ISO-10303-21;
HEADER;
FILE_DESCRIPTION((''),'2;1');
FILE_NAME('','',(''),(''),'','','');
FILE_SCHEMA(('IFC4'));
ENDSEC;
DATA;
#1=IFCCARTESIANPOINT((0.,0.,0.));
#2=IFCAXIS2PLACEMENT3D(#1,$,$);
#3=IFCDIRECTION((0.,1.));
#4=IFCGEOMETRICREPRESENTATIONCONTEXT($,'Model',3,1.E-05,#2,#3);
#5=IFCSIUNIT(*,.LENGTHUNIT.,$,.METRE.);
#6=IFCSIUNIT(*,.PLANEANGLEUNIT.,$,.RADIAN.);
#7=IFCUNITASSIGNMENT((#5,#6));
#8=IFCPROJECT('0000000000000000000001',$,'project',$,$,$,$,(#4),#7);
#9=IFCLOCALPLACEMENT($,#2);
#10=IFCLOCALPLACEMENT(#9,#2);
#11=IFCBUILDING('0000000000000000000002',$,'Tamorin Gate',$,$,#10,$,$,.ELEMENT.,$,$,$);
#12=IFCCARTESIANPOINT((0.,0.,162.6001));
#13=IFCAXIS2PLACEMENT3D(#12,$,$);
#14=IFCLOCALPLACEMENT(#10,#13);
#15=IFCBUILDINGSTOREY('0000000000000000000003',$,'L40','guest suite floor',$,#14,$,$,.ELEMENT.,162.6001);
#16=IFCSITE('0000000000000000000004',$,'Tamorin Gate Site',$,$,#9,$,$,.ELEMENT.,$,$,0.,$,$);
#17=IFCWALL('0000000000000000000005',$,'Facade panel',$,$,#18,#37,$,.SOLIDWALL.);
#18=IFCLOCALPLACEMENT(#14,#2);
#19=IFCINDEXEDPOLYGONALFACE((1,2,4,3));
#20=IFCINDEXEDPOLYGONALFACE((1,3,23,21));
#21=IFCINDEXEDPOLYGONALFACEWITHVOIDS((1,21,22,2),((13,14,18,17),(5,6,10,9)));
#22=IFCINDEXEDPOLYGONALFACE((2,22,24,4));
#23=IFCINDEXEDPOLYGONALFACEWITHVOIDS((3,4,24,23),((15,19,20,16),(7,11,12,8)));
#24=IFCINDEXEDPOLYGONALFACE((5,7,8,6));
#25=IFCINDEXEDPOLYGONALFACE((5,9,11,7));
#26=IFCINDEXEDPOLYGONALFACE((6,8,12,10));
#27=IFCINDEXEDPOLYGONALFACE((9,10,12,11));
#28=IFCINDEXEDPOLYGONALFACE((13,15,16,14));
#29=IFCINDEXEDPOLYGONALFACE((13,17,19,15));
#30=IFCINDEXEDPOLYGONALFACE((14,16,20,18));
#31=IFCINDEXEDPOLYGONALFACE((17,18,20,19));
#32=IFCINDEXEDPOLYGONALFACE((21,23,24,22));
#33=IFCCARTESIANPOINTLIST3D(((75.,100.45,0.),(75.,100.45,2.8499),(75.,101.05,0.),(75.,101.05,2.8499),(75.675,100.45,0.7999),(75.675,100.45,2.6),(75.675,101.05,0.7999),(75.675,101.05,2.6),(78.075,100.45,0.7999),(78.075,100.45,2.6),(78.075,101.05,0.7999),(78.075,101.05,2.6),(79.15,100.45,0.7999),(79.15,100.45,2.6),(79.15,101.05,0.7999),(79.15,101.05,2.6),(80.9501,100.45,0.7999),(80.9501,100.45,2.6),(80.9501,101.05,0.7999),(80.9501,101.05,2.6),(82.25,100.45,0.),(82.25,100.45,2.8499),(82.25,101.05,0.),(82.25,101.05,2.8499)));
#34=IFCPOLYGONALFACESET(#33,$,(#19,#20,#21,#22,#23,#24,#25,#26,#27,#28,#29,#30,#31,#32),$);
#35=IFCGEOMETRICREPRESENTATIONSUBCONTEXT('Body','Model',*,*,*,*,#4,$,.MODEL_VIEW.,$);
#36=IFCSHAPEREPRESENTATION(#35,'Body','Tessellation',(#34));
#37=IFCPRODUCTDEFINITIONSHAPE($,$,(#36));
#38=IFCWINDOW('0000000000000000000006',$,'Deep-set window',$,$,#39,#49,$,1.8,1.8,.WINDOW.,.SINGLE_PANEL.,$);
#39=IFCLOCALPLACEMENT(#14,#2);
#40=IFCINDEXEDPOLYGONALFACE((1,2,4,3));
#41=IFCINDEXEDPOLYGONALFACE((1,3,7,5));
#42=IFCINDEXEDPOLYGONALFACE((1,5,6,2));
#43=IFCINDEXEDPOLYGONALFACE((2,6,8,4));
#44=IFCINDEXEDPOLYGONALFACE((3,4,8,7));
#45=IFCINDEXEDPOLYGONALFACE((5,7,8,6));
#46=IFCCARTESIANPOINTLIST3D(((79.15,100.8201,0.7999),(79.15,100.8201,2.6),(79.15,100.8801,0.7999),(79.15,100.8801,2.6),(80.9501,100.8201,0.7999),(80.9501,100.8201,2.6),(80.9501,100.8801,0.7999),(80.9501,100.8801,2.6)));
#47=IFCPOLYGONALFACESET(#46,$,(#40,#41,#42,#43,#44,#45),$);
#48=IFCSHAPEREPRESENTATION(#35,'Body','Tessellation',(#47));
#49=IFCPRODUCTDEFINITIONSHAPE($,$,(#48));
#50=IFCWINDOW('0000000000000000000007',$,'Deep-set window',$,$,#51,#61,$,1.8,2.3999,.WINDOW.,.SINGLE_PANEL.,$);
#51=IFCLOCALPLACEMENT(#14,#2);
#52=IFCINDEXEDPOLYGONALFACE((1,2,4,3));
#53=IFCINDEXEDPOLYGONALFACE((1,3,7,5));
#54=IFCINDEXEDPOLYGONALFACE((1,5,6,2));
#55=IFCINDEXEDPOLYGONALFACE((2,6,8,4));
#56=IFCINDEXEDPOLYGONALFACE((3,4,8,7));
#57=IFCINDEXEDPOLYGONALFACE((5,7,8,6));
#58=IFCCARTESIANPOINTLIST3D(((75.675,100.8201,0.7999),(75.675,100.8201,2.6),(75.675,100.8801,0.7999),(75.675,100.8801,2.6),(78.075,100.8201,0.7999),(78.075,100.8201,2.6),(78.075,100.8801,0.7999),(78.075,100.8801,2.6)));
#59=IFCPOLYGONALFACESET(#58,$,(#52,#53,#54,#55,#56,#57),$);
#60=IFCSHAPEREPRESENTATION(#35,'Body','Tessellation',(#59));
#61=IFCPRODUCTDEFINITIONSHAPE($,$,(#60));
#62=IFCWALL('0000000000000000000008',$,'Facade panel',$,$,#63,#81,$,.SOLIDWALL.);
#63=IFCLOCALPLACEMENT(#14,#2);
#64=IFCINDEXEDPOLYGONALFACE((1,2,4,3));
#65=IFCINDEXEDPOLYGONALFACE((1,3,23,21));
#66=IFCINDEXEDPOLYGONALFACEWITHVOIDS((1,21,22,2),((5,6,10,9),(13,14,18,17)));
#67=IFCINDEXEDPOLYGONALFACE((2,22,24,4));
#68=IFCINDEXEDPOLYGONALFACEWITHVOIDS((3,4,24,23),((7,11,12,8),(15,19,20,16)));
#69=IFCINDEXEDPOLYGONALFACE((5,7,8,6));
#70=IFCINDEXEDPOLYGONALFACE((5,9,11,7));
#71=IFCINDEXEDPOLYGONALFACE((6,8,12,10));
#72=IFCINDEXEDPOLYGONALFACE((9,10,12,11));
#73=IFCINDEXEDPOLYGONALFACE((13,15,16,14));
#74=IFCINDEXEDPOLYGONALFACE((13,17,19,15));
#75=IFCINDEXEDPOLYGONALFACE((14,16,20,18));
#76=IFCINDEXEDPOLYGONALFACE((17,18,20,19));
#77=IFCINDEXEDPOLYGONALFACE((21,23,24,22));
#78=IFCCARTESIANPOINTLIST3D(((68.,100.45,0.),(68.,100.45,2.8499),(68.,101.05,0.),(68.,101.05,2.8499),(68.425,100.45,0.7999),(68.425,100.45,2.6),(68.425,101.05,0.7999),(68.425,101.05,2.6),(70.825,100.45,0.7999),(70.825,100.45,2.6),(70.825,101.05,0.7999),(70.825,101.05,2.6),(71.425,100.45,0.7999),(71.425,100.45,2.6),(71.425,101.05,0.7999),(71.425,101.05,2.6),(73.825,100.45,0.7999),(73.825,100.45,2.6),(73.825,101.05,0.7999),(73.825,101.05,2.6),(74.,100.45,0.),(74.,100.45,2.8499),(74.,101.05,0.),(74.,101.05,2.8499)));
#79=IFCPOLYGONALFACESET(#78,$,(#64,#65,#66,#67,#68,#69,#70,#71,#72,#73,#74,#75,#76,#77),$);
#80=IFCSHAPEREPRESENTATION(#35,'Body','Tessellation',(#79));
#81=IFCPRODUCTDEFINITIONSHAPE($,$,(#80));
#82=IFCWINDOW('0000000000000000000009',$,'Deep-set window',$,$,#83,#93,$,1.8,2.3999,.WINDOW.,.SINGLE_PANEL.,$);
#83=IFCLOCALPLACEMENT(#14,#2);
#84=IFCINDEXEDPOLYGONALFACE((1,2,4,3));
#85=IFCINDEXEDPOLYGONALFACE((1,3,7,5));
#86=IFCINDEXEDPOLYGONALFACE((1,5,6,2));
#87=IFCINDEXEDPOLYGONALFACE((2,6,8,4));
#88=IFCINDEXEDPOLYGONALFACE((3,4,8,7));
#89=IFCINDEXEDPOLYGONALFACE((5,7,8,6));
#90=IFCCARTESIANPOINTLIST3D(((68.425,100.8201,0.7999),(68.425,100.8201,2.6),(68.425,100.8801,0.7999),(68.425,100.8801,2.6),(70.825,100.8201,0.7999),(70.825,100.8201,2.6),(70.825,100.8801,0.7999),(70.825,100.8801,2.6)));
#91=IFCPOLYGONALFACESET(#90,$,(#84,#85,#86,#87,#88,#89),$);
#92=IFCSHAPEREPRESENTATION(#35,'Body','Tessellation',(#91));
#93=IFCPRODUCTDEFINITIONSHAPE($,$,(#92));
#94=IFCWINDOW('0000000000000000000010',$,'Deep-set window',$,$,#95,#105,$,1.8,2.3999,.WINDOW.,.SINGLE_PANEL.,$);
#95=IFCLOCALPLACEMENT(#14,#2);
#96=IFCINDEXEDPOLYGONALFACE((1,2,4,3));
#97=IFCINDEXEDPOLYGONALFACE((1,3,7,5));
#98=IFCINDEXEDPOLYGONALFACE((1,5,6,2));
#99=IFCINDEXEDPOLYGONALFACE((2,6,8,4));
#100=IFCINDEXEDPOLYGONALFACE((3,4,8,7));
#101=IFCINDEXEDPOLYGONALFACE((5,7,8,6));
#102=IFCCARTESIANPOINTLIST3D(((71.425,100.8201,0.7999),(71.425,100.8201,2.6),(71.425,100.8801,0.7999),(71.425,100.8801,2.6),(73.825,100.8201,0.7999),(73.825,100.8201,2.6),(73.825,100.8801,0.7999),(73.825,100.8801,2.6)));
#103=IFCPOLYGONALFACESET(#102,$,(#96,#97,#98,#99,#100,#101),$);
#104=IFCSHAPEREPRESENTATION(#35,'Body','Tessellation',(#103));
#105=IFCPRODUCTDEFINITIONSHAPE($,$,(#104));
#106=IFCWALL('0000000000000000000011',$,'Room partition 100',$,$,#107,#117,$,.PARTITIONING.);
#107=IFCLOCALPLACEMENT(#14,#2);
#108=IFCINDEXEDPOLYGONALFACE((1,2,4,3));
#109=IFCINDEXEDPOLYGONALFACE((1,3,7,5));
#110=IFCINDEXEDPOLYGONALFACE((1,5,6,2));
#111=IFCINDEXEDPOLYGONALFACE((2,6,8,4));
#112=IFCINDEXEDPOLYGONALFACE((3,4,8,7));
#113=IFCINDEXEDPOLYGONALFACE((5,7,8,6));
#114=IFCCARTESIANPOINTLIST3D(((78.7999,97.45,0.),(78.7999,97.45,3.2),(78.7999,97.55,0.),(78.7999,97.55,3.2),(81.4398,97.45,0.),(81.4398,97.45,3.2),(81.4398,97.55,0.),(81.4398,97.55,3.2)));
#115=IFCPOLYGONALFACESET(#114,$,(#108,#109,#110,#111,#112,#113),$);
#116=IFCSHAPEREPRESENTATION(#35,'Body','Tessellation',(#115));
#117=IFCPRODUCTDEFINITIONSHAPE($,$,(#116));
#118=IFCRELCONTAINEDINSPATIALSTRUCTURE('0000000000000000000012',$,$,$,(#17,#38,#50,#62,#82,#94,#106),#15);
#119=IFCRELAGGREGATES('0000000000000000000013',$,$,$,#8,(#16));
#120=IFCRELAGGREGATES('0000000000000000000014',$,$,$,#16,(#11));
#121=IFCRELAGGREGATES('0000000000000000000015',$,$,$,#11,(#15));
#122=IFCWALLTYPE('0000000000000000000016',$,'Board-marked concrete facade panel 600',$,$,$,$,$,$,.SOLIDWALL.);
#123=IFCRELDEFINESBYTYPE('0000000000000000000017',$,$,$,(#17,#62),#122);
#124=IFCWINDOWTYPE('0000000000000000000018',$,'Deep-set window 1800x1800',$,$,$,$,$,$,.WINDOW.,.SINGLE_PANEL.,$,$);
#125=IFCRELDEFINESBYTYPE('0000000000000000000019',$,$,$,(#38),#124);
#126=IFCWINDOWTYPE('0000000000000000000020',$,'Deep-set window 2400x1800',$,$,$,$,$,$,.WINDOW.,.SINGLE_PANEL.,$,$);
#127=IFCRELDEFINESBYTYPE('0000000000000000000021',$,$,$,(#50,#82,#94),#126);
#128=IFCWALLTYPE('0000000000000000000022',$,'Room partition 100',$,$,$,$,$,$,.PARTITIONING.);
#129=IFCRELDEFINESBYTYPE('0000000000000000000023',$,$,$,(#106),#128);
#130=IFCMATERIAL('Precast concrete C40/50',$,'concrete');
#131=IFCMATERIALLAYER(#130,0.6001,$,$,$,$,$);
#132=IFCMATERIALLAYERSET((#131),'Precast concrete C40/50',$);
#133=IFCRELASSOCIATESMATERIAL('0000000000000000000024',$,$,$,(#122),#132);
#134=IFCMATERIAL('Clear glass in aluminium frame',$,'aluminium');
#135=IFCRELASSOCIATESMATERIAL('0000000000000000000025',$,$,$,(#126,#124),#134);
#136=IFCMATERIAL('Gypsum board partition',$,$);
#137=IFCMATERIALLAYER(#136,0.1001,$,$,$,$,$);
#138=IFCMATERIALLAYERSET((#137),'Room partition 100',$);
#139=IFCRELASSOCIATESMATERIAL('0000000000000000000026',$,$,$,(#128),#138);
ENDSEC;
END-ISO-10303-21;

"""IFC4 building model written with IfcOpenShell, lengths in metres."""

from ifc_helpers import new_model, si_unit, direction, frame, frame_2d, origin, place, context, subcontext, project, spatial, rectangle, extrude, material, layer, layer_set, type_object, element, fill, save


model = new_model("IFC4")

# Units and contexts
model_context = context("Model", 3, precision=1e-05, world=origin(), true_north=direction((0.0, 1.0)))
body_context = subcontext(model_context, "Body", "Model", "MODEL_VIEW")
ifc_project = project(units=[si_unit("LENGTHUNIT", "METRE"), si_unit("PLANEANGLEUNIT", "RADIAN")], contexts=[model_context])

# Site, building, storey
site_placement = place(None, origin())
site = spatial("IfcSite", under=ifc_project, at=site_placement, Name="Tamorin Gate Site", CompositionType="ELEMENT", RefElevation=0.0)
building_placement = place(site_placement, origin())
building = spatial("IfcBuilding", under=site, at=building_placement, Name="Tamorin Gate", CompositionType="ELEMENT")
storey_placement = place(building_placement, frame((0.0, 0.0, 162.6001)))
storey = spatial("IfcBuildingStorey", under=building, at=storey_placement, Name="L40", Description="guest suite floor", CompositionType="ELEMENT", Elevation=162.6001)

# Shared definitions
ifc_material_1 = material(Name="Precast concrete C40/50", Category="concrete")
ifc_layer_1 = layer(ifc_material_1, 0.6001)
ifc_layer_set_1 = layer_set([ifc_layer_1], Name="Precast concrete C40/50")
wall_type_1 = type_object("IfcWallType", Name="Board-marked concrete facade panel 600", PredefinedType="SOLIDWALL", material=ifc_layer_set_1)
ifc_material_2 = material(Name="Clear glass in aluminium frame", Category="aluminium")
window_type_1 = type_object("IfcWindowType", Name="Deep-set window 2400x1800", PartitioningType="SINGLE_PANEL", PredefinedType="WINDOW", material=ifc_material_2)

# Walls, openings, windows
wall_1_placement = place(storey_placement, frame((82.25, 100.75, 0.0), z_axis=(0.0, 0.0, 1.0), x_axis=(-1.0, 0.0, 0.0)))
wall_1 = element("IfcWall", 1, at=wall_1_placement, inside=storey, type_object=wall_type_1, Name="Facade panel", PredefinedType="SOLIDWALL", context=body_context, shape_type="SweptSolid", body=[
    extrude(rectangle(XDim=7.25, YDim=0.6001, at=frame_2d((3.625, 0.0))), origin(), (0.0, 0.0, 1.0), 2.8499),
])
opening_1_placement = place(wall_1_placement, frame((4.175, 0.0, 0.8)))
opening_1 = element("IfcOpeningElement", 2, at=opening_1_placement, cuts=wall_1, PredefinedType="OPENING", context=body_context, shape_type="SweptSolid", body=[
    extrude(rectangle(XDim=2.3999, YDim=1.8, at=frame_2d((1.2, 0.8999))), frame((0.0, 0.3101, 0.0), z_axis=(0.0, -1.0, 0.0), x_axis=(1.0, 0.0, 0.0)), (0.0, 0.0, 1.0), 0.6201),
])
opening_2_placement = place(wall_1_placement, frame((1.3, 0.0, 0.8)))
opening_2 = element("IfcOpeningElement", 3, at=opening_2_placement, cuts=wall_1, PredefinedType="OPENING", context=body_context, shape_type="SweptSolid", body=[
    extrude(rectangle(XDim=1.8, YDim=1.8, at=frame_2d((0.8999, 0.8999))), frame((0.0, 0.3101, 0.0), z_axis=(0.0, -1.0, 0.0), x_axis=(1.0, 0.0, 0.0)), (0.0, 0.0, 1.0), 0.6201),
])
window_type_2 = type_object("IfcWindowType", Name="Deep-set window 1800x1800", PartitioningType="SINGLE_PANEL", PredefinedType="WINDOW", material=ifc_material_2)
window_1_placement = place(opening_2_placement, origin())
window_1 = element("IfcWindow", 4, at=window_1_placement, inside=storey, type_object=window_type_2, Name="Deep-set window", OverallHeight=1.8, OverallWidth=1.8, PartitioningType="SINGLE_PANEL", PredefinedType="WINDOW", context=body_context, shape_type="SweptSolid", body=[
    extrude(rectangle(XDim=1.8, YDim=1.8, at=frame_2d((0.8999, 0.8999))), frame((0.0, -0.0701, 0.0), z_axis=(0.0, -1.0, 0.0), x_axis=(1.0, 0.0, 0.0)), (0.0, 0.0, 1.0), 0.0601),
])
fill(opening_2, window_1)
window_2_placement = place(opening_1_placement, origin())
window_2 = element("IfcWindow", 5, at=window_2_placement, inside=storey, type_object=window_type_1, Name="Deep-set window", OverallHeight=1.8, OverallWidth=2.3999, PartitioningType="SINGLE_PANEL", PredefinedType="WINDOW", context=body_context, shape_type="SweptSolid", body=[
    extrude(rectangle(XDim=2.3999, YDim=1.8, at=frame_2d((1.2, 0.8999))), frame((0.0, -0.0701, 0.0), z_axis=(0.0, -1.0, 0.0), x_axis=(1.0, 0.0, 0.0)), (0.0, 0.0, 1.0), 0.0601),
])
fill(opening_1, window_2)
wall_2_placement = place(storey_placement, frame((74.0, 100.75, 0.0), z_axis=(0.0, 0.0, 1.0), x_axis=(-1.0, 0.0, 0.0)))
wall_2 = element("IfcWall", 6, at=wall_2_placement, inside=storey, type_object=wall_type_1, Name="Facade panel", PredefinedType="SOLIDWALL", context=body_context, shape_type="SweptSolid", body=[
    extrude(rectangle(XDim=6.0, YDim=0.6001, at=frame_2d((3.0, 0.0))), origin(), (0.0, 0.0, 1.0), 2.8499),
])
opening_3_placement = place(wall_2_placement, frame((3.175, 0.0, 0.8)))
opening_3 = element("IfcOpeningElement", 7, at=opening_3_placement, cuts=wall_2, PredefinedType="OPENING", context=body_context, shape_type="SweptSolid", body=[
    extrude(rectangle(XDim=2.3999, YDim=1.8, at=frame_2d((1.2, 0.8999))), frame((0.0, 0.3101, 0.0), z_axis=(0.0, -1.0, 0.0), x_axis=(1.0, 0.0, 0.0)), (0.0, 0.0, 1.0), 0.6201),
])
opening_4_placement = place(wall_2_placement, frame((0.175, 0.0, 0.8)))
opening_4 = element("IfcOpeningElement", 8, at=opening_4_placement, cuts=wall_2, PredefinedType="OPENING", context=body_context, shape_type="SweptSolid", body=[
    extrude(rectangle(XDim=2.3999, YDim=1.8, at=frame_2d((1.2, 0.8999))), frame((0.0, 0.3101, 0.0), z_axis=(0.0, -1.0, 0.0), x_axis=(1.0, 0.0, 0.0)), (0.0, 0.0, 1.0), 0.6201),
])
window_3_placement = place(opening_3_placement, origin())
window_3 = element("IfcWindow", 9, at=window_3_placement, inside=storey, type_object=window_type_1, Name="Deep-set window", OverallHeight=1.8, OverallWidth=2.3999, PartitioningType="SINGLE_PANEL", PredefinedType="WINDOW", context=body_context, shape_type="SweptSolid", body=[
    extrude(rectangle(XDim=2.3999, YDim=1.8, at=frame_2d((1.2, 0.8999))), frame((0.0, -0.0701, 0.0), z_axis=(0.0, -1.0, 0.0), x_axis=(1.0, 0.0, 0.0)), (0.0, 0.0, 1.0), 0.0601),
])
fill(opening_3, window_3)
window_4_placement = place(opening_4_placement, origin())
window_4 = element("IfcWindow", 10, at=window_4_placement, inside=storey, type_object=window_type_1, Name="Deep-set window", OverallHeight=1.8, OverallWidth=2.3999, PartitioningType="SINGLE_PANEL", PredefinedType="WINDOW", context=body_context, shape_type="SweptSolid", body=[
    extrude(rectangle(XDim=2.3999, YDim=1.8, at=frame_2d((1.2, 0.8999))), frame((0.0, -0.0701, 0.0), z_axis=(0.0, -1.0, 0.0), x_axis=(1.0, 0.0, 0.0)), (0.0, 0.0, 1.0), 0.0601),
])
fill(opening_4, window_4)

# Wall
ifc_material_3 = material(Name="Gypsum board partition")
ifc_layer_2 = layer(ifc_material_3, 0.1001)
ifc_layer_set_2 = layer_set([ifc_layer_2], Name="Room partition 100")
wall_type_2 = type_object("IfcWallType", Name="Room partition 100", PredefinedType="PARTITIONING", material=ifc_layer_set_2)
wall_3_placement = place(storey_placement, frame((78.8, 97.5, 0.0), z_axis=(0.0, 0.0, 1.0), x_axis=(1.0, 0.0, 0.0)))
element("IfcWall", 11, at=wall_3_placement, inside=storey, type_object=wall_type_2, Name="Room partition 100", PredefinedType="PARTITIONING", context=body_context, shape_type="SweptSolid", body=[
    extrude(rectangle(XDim=2.6399, YDim=0.1001, at=frame_2d((1.3198, 0.0))), origin(), (0.0, 0.0, 1.0), 3.2),
])

save(model, "model.ifc")
